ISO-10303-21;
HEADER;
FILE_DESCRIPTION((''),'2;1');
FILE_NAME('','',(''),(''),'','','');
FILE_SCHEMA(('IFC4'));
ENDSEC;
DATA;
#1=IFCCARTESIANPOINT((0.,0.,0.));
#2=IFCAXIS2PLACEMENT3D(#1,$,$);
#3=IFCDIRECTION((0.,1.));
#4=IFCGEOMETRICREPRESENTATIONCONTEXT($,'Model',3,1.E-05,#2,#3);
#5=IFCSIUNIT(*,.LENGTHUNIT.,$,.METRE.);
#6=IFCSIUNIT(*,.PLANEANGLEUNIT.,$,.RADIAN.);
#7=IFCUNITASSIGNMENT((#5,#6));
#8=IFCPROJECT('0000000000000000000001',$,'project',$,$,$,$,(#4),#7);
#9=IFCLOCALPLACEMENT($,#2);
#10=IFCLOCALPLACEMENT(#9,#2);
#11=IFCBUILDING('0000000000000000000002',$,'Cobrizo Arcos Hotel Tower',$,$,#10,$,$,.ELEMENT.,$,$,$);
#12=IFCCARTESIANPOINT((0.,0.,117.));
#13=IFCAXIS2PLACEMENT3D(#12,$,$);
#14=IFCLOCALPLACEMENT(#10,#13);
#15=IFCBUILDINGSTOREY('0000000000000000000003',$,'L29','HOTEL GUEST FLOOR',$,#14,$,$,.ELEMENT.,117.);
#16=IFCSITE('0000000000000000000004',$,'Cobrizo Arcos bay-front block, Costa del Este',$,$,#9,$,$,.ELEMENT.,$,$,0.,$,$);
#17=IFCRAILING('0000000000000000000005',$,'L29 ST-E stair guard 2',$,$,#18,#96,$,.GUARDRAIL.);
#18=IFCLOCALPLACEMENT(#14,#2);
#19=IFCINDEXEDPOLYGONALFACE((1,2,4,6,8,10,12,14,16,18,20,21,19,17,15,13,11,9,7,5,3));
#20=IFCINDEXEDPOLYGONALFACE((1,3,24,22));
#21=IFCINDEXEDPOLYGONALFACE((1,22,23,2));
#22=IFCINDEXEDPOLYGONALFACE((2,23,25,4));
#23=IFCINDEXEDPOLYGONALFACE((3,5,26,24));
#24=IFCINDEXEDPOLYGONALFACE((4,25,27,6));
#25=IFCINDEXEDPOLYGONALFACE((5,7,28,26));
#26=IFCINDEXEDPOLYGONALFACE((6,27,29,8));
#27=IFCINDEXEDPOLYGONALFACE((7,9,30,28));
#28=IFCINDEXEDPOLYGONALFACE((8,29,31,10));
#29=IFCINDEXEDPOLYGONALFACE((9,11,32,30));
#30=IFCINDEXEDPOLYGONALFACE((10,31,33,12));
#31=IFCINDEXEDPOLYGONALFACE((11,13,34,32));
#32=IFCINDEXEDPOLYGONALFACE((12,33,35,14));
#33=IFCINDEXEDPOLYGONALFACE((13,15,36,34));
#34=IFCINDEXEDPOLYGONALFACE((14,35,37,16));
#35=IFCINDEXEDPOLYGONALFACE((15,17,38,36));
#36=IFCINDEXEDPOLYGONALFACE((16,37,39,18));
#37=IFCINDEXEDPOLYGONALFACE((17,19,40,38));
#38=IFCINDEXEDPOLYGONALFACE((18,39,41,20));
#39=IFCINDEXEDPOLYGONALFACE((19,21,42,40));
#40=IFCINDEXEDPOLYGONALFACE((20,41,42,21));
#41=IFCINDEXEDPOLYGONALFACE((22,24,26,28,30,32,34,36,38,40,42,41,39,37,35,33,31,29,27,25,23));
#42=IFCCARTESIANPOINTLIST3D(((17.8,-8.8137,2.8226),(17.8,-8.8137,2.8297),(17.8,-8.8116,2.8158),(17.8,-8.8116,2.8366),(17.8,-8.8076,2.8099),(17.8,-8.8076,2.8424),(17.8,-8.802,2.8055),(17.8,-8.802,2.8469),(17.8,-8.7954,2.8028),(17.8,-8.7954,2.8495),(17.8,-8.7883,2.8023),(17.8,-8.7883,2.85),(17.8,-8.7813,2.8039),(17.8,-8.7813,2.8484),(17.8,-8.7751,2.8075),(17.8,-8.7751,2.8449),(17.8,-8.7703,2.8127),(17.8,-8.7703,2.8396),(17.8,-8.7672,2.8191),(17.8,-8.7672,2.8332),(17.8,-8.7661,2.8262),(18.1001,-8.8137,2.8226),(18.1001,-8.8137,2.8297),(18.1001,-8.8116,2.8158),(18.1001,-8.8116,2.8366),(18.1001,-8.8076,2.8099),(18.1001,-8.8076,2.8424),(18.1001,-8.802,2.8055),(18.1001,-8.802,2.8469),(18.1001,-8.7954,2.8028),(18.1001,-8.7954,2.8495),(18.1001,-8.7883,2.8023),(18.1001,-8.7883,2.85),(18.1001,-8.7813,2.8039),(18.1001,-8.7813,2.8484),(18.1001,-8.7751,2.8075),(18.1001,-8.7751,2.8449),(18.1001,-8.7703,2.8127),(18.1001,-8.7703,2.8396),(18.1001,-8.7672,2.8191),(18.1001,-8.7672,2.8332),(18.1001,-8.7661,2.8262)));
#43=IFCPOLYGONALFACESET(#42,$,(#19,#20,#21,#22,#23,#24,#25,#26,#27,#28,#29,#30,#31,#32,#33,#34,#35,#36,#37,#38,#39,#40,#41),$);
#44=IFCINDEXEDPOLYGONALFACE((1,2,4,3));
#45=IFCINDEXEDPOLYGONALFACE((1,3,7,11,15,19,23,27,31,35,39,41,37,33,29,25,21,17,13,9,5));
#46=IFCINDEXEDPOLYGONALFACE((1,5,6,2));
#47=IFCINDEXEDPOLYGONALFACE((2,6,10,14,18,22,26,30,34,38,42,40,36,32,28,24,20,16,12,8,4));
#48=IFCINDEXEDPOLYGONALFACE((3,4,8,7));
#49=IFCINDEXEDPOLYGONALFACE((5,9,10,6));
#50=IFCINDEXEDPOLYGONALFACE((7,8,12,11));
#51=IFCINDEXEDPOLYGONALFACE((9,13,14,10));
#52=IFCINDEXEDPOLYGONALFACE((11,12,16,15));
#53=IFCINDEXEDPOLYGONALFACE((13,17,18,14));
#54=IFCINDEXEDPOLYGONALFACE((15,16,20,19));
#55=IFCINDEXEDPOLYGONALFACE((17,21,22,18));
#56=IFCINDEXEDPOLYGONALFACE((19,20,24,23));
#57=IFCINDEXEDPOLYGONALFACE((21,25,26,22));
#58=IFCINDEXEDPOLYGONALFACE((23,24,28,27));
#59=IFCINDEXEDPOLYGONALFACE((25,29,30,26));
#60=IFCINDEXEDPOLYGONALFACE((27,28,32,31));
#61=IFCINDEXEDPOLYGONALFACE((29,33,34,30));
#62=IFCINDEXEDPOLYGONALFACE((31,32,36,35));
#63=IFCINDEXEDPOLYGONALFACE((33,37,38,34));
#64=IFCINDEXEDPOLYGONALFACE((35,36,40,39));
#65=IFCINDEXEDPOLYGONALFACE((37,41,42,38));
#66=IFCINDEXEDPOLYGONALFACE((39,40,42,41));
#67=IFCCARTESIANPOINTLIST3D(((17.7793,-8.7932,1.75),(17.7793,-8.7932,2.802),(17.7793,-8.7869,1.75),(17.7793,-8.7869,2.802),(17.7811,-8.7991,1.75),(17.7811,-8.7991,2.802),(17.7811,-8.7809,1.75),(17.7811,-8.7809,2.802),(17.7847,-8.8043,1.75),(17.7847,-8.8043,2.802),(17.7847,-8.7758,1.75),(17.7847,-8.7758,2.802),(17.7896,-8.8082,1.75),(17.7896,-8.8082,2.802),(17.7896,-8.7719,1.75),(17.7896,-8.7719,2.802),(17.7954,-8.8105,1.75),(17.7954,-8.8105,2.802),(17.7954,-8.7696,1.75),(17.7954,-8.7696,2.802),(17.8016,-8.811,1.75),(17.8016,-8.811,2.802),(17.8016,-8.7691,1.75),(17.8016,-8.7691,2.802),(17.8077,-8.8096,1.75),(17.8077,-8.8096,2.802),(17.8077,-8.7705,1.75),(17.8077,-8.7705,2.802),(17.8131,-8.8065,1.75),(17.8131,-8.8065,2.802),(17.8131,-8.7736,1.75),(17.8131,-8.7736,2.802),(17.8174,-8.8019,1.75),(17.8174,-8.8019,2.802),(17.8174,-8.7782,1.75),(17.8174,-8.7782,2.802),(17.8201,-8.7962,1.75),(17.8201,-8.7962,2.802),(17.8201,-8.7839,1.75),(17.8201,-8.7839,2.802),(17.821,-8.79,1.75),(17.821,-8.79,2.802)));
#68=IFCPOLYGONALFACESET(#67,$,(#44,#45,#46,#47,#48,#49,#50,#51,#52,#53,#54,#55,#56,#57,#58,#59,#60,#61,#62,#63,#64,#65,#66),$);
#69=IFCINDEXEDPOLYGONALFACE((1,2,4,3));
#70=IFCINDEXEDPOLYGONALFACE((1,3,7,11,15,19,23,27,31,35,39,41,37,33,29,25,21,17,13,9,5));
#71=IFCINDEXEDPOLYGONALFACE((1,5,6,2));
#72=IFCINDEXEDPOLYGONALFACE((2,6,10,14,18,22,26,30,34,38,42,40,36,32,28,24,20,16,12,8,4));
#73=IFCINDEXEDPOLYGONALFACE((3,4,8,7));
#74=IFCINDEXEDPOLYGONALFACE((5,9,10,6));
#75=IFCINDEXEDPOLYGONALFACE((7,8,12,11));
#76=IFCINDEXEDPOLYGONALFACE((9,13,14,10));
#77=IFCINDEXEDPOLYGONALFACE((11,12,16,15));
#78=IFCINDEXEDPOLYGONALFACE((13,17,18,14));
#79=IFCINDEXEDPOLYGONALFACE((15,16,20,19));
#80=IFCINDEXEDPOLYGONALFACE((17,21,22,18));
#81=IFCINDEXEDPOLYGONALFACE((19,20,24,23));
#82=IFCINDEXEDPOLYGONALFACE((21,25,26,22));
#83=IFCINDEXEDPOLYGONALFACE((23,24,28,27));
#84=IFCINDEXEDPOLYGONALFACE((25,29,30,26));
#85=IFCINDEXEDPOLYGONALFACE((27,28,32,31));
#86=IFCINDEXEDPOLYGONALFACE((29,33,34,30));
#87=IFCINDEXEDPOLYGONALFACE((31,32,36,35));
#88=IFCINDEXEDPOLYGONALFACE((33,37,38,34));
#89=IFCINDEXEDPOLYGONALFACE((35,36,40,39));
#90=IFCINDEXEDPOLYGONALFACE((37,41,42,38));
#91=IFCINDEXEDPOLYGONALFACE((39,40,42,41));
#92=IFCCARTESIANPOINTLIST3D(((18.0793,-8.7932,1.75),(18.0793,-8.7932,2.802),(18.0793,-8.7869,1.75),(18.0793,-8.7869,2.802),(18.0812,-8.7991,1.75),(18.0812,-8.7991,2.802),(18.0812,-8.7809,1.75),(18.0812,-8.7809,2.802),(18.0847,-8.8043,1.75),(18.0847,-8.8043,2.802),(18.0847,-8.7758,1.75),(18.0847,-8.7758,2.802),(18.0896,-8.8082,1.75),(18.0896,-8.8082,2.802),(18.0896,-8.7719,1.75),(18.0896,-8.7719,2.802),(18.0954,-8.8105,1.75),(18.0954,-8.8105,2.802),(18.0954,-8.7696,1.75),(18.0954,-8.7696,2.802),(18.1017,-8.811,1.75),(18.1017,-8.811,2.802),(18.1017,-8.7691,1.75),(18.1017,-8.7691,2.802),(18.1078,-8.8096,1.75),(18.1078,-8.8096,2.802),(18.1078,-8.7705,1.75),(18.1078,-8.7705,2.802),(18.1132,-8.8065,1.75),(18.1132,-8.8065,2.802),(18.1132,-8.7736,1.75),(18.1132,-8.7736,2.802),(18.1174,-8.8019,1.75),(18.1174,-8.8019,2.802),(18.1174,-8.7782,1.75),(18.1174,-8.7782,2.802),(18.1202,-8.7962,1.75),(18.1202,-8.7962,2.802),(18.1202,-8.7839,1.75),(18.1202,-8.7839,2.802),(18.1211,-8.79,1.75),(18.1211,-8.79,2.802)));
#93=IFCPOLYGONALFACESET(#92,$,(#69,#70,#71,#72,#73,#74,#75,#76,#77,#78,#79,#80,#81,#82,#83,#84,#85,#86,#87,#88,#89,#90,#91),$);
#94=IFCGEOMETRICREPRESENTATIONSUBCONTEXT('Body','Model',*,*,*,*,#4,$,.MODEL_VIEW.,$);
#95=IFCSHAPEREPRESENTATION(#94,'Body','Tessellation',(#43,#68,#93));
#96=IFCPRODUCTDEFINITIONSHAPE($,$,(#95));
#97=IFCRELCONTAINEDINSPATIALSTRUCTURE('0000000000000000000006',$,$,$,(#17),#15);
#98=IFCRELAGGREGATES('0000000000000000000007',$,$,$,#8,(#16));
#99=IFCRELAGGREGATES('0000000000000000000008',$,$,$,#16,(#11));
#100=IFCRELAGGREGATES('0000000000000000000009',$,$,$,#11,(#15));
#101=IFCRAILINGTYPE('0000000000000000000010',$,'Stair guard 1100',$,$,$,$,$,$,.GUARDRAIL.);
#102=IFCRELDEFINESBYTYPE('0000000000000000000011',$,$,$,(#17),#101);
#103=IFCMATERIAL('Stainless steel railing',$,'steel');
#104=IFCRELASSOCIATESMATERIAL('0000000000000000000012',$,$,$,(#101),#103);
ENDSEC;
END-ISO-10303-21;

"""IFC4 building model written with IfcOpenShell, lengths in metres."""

from ifc_helpers import new_model, si_unit, direction, frame, origin, origin_2d, place, context, subcontext, project, spatial, circle, extrude, material, type_object, element, save


model = new_model("IFC4")

# Units and contexts
model_context = context("Model", 3, precision=1e-05, world=origin(), true_north=direction((0.0, 1.0)))
body_context = subcontext(model_context, "Body", "Model", "MODEL_VIEW")
ifc_project = project(units=[si_unit("LENGTHUNIT", "METRE"), si_unit("PLANEANGLEUNIT", "RADIAN")], contexts=[model_context])

# Site, building, storey
site_placement = place(None, origin())
site = spatial("IfcSite", under=ifc_project, at=site_placement, Name="Cobrizo Arcos bay-front block, Costa del Este", CompositionType="ELEMENT", RefElevation=0.0)
building_placement = place(site_placement, origin())
building = spatial("IfcBuilding", under=site, at=building_placement, Name="Cobrizo Arcos Hotel Tower", CompositionType="ELEMENT")
storey_placement = place(building_placement, frame((0.0, 0.0, 117.0)))
storey = spatial("IfcBuildingStorey", under=building, at=storey_placement, Name="L29", Description="HOTEL GUEST FLOOR", CompositionType="ELEMENT", Elevation=117.0)

# Railing
ifc_material_1 = material(Name="Stainless steel railing", Category="steel")
railing_type_1 = type_object("IfcRailingType", Name="Stair guard 1100", PredefinedType="GUARDRAIL", material=ifc_material_1)
railing_1_placement = place(storey_placement, frame((17.8, -8.79, 1.75)))
element("IfcRailing", 1, at=railing_1_placement, inside=storey, type_object=railing_type_1, Name="L29 ST-E stair guard 2", PredefinedType="GUARDRAIL", context=body_context, shape_type="SweptSolid", body=[
    extrude(circle(Radius=0.0239, at=origin_2d()), frame((0.0, 0.0, 1.0762), z_axis=(1.0, 0.0, 0.0), x_axis=(0.0, 1.0, 0.0)), (0.0, 0.0, 1.0), 0.3),
    extrude(circle(Radius=0.021, at=origin_2d()), origin(), (0.0, 0.0, 1.0), 1.052),
    extrude(circle(Radius=0.021, at=origin_2d()), frame((0.3, 0.0, 0.0)), (0.0, 0.0, 1.0), 1.052),
])

save(model, "model.ifc")
